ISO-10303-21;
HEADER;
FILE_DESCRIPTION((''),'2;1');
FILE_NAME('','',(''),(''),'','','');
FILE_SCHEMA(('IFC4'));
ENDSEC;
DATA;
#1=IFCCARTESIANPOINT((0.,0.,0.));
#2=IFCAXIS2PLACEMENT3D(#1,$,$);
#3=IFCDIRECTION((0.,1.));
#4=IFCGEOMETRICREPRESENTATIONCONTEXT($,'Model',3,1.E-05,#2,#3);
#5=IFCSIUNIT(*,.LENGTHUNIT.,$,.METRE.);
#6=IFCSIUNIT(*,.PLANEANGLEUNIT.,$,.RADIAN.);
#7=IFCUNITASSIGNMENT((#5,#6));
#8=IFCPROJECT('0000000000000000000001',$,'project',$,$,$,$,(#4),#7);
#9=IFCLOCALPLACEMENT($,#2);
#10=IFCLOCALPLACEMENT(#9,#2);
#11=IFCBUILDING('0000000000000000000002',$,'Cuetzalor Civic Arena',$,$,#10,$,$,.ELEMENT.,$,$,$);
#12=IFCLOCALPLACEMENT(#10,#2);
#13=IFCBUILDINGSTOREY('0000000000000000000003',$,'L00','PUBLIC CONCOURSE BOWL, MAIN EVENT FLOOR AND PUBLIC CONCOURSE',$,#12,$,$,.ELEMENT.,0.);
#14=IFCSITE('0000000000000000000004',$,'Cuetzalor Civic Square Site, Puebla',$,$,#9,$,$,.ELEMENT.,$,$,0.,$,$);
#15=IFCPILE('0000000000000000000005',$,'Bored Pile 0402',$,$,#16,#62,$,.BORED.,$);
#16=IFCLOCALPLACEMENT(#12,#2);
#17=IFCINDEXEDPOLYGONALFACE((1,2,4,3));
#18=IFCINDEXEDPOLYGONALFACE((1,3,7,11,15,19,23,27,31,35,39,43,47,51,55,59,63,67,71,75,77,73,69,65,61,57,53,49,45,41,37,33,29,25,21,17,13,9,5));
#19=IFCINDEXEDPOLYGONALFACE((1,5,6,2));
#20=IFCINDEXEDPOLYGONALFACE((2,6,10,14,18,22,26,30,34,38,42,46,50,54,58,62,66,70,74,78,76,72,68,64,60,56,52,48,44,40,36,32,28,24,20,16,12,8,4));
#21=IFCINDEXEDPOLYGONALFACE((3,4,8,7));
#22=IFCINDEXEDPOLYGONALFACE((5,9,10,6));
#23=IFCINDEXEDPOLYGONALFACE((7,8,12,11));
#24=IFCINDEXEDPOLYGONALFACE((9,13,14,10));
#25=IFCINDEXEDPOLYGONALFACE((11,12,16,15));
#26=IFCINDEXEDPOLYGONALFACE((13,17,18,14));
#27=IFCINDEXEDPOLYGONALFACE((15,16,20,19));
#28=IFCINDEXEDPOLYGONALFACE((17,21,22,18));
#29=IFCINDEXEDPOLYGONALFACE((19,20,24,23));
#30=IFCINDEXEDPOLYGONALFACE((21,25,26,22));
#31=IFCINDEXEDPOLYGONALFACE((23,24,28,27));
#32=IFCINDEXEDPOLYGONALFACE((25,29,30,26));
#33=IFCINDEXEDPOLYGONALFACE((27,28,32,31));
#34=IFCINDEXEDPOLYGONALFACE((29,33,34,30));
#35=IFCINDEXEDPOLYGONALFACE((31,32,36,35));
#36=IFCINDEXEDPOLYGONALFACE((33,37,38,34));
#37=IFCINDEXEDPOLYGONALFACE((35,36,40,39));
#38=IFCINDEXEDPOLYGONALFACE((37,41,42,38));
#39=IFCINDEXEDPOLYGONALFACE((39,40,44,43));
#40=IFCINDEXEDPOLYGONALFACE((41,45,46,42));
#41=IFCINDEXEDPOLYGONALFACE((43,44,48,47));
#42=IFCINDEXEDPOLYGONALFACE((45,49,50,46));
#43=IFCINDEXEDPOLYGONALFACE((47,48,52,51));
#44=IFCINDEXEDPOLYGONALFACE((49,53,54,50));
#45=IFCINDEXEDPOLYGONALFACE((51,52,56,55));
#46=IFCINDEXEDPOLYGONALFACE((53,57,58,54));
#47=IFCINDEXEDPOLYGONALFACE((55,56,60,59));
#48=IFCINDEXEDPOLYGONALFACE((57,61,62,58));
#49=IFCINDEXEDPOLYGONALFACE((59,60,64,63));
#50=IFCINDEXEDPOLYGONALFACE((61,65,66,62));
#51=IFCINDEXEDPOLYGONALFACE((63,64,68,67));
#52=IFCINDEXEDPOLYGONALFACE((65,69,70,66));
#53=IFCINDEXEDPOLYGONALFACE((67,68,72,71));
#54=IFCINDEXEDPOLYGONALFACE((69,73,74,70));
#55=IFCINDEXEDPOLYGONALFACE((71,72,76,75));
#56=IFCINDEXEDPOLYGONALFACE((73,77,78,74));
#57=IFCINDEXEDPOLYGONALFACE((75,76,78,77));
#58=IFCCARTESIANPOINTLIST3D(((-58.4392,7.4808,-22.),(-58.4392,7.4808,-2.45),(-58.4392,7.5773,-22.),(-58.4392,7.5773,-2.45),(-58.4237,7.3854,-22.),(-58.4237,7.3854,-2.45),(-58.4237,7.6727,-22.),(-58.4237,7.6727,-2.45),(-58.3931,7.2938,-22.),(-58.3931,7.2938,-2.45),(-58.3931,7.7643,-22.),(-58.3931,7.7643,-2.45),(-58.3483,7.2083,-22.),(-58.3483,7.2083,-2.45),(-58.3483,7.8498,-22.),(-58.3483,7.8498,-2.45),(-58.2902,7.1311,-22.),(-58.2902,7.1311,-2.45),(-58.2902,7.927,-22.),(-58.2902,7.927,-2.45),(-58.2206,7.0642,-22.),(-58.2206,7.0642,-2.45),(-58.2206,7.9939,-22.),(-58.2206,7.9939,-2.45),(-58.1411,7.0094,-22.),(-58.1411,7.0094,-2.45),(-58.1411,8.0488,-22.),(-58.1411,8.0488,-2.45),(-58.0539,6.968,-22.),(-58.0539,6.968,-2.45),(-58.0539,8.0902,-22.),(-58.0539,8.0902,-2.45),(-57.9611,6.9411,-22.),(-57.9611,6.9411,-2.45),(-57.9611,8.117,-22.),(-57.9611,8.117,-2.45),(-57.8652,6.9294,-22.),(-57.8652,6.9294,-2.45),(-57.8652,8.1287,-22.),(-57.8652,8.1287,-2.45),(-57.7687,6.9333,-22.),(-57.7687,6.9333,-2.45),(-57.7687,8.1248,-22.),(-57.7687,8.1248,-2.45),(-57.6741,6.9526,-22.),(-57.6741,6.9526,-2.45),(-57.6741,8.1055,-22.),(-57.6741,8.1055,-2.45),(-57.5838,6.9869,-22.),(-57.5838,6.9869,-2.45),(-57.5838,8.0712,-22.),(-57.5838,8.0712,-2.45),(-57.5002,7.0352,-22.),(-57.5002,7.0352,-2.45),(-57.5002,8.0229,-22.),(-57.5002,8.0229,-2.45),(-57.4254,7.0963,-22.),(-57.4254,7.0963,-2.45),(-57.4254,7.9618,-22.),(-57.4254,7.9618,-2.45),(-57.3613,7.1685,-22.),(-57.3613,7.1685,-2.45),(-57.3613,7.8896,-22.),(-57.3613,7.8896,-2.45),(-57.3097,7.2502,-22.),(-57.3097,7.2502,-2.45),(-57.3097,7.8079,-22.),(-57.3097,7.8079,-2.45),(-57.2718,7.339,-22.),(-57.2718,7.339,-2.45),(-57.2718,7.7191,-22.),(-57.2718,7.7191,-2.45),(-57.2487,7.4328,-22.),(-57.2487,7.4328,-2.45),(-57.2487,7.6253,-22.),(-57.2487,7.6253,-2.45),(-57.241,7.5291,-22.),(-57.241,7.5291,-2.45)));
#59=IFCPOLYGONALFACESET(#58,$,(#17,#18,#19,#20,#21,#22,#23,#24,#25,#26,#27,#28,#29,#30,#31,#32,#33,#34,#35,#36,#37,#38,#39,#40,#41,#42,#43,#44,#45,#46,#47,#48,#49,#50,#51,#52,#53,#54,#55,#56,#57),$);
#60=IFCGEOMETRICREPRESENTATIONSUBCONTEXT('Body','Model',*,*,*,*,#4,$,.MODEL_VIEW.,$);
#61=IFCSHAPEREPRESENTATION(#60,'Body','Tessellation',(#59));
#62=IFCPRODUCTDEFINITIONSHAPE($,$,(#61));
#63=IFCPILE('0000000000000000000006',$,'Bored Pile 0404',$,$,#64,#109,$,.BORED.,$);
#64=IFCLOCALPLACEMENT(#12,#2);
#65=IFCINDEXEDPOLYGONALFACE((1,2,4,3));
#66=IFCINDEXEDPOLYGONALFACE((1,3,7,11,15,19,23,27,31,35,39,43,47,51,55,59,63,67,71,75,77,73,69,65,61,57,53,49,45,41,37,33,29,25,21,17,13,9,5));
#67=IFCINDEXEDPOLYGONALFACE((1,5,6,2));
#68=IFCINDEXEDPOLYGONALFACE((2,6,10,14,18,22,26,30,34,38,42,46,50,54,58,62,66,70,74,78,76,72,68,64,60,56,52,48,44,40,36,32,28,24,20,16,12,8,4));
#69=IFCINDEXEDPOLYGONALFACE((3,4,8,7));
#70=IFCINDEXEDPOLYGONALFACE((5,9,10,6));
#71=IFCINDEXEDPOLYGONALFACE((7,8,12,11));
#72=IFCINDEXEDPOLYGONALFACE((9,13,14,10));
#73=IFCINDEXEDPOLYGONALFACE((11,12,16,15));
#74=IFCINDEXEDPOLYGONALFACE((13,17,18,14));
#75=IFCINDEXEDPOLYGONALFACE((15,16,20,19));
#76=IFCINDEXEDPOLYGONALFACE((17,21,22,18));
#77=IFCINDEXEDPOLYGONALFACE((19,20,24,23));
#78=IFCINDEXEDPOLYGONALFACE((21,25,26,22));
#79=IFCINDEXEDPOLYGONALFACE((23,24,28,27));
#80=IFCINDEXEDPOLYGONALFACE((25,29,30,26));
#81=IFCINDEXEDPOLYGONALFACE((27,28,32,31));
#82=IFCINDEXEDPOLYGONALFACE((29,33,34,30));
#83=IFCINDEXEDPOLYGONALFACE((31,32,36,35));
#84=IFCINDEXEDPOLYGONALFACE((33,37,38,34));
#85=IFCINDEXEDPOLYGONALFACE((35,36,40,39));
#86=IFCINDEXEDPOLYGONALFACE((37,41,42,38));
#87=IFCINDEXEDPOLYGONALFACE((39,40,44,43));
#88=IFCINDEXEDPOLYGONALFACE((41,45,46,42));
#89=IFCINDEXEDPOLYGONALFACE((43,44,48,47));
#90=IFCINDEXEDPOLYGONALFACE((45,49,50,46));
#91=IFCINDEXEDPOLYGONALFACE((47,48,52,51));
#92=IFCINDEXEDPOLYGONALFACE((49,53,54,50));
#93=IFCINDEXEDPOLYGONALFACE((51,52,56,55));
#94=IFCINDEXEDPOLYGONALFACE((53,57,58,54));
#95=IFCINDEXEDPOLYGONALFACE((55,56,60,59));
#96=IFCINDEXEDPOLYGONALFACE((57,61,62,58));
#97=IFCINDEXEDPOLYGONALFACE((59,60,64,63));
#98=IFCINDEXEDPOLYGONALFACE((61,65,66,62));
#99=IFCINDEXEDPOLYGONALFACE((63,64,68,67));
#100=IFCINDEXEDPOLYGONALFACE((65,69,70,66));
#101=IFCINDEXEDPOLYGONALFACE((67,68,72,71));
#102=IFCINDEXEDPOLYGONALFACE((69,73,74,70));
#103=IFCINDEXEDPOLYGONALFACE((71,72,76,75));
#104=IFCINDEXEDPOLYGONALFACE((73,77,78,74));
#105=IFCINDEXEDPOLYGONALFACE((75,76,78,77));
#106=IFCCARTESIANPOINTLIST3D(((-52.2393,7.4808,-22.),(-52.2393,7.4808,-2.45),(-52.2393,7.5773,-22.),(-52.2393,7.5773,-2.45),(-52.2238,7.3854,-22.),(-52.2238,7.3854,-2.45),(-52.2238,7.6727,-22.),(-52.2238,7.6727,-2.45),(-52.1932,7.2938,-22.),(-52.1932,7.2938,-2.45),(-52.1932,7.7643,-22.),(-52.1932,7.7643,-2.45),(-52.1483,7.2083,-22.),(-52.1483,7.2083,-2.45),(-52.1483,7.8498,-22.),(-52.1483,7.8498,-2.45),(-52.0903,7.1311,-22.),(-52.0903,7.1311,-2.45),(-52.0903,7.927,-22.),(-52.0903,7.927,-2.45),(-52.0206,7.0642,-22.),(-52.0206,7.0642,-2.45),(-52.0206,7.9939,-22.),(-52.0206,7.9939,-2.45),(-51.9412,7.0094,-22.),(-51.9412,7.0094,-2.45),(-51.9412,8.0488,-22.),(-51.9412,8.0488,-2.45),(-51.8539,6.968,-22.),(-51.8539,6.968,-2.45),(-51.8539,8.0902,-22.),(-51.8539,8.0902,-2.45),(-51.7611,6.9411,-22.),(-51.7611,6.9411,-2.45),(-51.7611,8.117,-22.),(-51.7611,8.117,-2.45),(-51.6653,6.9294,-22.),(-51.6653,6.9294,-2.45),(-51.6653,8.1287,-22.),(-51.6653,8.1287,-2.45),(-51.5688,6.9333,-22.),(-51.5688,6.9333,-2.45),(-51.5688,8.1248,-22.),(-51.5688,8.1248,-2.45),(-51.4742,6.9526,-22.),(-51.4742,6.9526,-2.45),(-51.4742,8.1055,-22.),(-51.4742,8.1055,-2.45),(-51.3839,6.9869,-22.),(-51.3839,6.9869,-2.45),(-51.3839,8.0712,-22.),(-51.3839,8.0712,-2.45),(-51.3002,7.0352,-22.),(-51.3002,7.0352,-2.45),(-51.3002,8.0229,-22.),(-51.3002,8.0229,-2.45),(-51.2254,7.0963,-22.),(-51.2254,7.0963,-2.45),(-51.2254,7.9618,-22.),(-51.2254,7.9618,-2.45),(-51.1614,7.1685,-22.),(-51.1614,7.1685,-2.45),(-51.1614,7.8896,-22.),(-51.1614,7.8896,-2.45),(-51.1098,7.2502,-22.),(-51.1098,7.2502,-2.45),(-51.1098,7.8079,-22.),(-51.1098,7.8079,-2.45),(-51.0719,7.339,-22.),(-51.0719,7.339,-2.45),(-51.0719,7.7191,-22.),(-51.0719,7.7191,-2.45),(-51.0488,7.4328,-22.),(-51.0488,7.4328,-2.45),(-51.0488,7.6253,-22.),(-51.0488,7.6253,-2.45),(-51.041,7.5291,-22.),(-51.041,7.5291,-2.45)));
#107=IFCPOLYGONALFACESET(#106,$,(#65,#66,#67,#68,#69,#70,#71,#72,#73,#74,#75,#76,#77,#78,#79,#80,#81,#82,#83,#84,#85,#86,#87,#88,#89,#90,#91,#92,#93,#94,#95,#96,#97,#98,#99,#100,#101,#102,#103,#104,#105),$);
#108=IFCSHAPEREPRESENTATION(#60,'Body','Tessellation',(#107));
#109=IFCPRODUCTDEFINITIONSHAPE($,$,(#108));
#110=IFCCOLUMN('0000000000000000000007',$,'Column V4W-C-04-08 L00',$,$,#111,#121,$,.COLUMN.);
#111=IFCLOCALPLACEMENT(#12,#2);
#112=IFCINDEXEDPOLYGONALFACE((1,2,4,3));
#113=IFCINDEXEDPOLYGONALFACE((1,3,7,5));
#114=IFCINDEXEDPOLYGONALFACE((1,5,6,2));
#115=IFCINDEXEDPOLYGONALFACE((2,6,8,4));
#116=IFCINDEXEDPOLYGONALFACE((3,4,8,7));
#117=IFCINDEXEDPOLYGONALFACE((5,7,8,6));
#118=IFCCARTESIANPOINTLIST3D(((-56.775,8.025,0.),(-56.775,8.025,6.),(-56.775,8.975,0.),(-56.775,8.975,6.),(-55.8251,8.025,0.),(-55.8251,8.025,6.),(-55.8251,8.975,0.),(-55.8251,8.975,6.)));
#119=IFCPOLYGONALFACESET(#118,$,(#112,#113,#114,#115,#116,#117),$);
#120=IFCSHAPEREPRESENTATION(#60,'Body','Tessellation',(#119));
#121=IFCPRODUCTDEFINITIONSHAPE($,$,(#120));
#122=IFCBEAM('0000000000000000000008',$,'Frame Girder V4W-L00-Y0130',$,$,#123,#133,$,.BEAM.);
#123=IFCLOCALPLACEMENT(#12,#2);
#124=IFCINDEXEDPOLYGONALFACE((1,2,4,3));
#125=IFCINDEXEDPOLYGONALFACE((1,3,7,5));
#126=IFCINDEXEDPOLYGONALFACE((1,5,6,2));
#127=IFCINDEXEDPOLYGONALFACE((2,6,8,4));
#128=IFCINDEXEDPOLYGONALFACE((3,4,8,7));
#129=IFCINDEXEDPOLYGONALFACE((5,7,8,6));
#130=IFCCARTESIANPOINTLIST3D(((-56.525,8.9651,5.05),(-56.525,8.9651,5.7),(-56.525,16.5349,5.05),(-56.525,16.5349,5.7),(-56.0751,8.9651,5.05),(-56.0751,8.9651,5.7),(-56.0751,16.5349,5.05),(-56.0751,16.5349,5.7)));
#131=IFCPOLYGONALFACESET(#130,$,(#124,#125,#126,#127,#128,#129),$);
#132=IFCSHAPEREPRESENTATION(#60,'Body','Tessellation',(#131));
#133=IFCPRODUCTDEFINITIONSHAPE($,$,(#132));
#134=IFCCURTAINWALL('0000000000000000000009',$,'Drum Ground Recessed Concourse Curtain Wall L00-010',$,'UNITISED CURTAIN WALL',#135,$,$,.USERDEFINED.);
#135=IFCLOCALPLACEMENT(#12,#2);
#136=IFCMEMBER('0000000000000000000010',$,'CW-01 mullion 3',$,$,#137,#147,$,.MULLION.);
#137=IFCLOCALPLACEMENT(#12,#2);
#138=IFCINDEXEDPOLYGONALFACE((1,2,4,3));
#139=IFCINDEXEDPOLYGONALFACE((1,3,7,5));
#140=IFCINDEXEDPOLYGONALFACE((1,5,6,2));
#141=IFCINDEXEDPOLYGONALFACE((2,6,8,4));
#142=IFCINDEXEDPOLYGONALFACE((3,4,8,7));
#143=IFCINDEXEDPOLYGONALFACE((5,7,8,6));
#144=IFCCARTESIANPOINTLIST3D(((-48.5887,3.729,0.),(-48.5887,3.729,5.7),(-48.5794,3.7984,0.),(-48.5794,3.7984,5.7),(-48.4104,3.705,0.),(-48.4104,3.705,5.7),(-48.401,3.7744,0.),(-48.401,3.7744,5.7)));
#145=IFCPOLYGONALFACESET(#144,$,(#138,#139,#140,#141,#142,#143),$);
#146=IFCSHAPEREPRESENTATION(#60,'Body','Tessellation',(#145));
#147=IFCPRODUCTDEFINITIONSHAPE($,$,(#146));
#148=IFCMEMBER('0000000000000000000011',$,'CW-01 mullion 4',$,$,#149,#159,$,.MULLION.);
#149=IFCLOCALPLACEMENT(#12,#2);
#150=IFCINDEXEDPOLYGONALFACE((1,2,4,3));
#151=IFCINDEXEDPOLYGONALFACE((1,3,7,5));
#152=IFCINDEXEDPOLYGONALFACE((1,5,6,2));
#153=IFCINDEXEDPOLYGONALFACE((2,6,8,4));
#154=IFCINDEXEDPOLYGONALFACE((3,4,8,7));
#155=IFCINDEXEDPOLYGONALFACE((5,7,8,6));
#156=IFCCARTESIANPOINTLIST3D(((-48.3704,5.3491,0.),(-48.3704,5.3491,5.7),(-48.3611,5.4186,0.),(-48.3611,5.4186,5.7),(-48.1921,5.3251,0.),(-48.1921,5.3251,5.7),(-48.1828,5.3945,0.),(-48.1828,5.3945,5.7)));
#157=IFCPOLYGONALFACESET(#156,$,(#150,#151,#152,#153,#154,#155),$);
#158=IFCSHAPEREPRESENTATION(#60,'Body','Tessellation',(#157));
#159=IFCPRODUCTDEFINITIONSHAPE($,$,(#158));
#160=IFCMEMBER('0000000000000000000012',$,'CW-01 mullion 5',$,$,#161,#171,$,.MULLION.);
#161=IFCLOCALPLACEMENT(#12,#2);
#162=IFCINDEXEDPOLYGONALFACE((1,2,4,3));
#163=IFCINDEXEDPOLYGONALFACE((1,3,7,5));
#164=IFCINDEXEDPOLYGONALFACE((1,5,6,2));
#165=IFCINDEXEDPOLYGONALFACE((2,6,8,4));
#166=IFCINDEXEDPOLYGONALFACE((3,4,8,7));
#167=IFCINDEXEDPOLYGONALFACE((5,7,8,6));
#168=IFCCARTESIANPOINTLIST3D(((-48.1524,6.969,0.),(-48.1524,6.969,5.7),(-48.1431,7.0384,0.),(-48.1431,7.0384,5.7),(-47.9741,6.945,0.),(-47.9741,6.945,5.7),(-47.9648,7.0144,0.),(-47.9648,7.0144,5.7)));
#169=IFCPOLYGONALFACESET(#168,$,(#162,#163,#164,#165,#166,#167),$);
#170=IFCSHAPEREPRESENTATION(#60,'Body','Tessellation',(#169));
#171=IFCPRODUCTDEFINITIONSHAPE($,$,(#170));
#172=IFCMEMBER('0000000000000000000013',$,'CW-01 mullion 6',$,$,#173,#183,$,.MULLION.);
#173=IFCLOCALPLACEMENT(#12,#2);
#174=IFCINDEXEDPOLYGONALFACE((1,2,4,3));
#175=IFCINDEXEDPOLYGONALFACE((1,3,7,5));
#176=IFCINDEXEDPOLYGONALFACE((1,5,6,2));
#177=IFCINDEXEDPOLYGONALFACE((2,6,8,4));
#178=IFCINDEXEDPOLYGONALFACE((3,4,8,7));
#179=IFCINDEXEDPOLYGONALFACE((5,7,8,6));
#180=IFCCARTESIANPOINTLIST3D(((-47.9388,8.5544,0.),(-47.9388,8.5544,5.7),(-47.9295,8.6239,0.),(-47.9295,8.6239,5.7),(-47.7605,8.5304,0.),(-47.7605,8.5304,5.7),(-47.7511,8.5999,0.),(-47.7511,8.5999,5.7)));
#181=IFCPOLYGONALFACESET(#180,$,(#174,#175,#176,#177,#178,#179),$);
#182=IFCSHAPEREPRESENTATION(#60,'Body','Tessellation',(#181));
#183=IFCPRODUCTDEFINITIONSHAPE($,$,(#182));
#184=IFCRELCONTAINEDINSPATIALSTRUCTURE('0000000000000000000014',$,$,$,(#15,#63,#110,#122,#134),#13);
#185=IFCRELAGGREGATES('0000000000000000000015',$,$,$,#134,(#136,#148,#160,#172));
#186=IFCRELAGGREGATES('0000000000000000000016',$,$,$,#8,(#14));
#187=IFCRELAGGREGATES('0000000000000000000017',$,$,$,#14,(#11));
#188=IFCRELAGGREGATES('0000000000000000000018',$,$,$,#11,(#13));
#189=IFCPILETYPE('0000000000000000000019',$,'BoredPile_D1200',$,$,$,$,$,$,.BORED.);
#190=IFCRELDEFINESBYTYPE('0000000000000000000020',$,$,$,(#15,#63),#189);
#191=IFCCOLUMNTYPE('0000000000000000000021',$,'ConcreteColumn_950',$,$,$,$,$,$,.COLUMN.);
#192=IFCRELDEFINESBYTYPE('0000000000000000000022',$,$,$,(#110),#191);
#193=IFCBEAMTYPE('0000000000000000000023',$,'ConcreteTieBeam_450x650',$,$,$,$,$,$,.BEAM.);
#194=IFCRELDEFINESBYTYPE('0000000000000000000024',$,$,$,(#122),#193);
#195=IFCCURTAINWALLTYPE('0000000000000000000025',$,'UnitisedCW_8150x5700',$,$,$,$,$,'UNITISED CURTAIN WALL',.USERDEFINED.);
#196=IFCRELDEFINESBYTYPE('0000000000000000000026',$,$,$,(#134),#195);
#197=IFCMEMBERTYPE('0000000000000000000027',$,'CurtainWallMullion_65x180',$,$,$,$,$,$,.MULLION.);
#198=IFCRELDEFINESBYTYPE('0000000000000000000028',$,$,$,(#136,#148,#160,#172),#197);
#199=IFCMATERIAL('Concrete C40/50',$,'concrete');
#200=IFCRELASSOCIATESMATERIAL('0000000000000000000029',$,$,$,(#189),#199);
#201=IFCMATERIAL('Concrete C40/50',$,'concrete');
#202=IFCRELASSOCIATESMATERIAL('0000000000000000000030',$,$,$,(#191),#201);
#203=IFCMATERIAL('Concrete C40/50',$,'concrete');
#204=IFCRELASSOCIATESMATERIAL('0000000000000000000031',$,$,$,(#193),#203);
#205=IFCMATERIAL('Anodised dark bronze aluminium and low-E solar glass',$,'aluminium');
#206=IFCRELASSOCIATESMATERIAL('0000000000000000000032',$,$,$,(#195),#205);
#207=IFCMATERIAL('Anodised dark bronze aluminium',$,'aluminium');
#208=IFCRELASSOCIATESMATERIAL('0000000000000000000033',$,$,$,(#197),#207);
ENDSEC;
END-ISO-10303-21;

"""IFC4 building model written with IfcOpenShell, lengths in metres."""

from ifc_helpers import new_model, si_unit, direction, frame, origin, origin_2d, place, context, subcontext, project, spatial, rectangle, circle, extrude, material, material_profile, profile_set, type_object, element, aggregate, save


model = new_model("IFC4")

# Units and contexts
model_context = context("Model", 3, precision=1e-05, world=origin(), true_north=direction((0.0, 1.0)))
body_context = subcontext(model_context, "Body", "Model", "MODEL_VIEW")
ifc_project = project(units=[si_unit("LENGTHUNIT", "METRE"), si_unit("PLANEANGLEUNIT", "RADIAN")], contexts=[model_context])

# Site, building, storey
site_placement = place(None, origin())
site = spatial("IfcSite", under=ifc_project, at=site_placement, Name="Cuetzalor Civic Square Site, Puebla", CompositionType="ELEMENT", RefElevation=0.0)
building_placement = place(site_placement, origin())
building = spatial("IfcBuilding", under=site, at=building_placement, Name="Cuetzalor Civic Arena", CompositionType="ELEMENT")
storey_placement = place(building_placement, origin())
storey = spatial("IfcBuildingStorey", under=building, at=storey_placement, Name="L00", Description="PUBLIC CONCOURSE BOWL, MAIN EVENT FLOOR AND PUBLIC CONCOURSE", CompositionType="ELEMENT", Elevation=0.0)

# Piles
ifc_material_1 = material(Name="Concrete C40/50", Category="concrete")
ifc_material_profile_1 = material_profile(ifc_material_1, circle(Radius=0.6001, at=origin_2d()), Name="BORED PILE D1200")
ifc_profile_set_1 = profile_set([ifc_material_profile_1], Name="Concrete C40/50")
pile_type = type_object("IfcPileType", Name="BoredPile_D1200", PredefinedType="BORED", material=ifc_profile_set_1)
for number, where, z_axis, x_axis, name in (
    (1, (-57.8411, 7.5291, -2.45), (0.0, 0.0, -1.0), (1.0, 0.0, 0.0), "Bored Pile 0402"),
    (2, (-51.6411, 7.5291, -2.45), (0.0, 0.0, -1.0), (1.0, 0.0, 0.0), "Bored Pile 0404"),
):
    element("IfcPile", number, at=place(storey_placement, frame(where, z_axis=z_axis, x_axis=x_axis)), inside=storey, type_object=pile_type, Name=name, PredefinedType="BORED", context=body_context, shape_type="SweptSolid", body=[
        extrude(circle(Radius=0.6001, at=origin_2d()), origin(), (0.0, 0.0, 1.0), 19.55),
    ])

# Column
ifc_material_2 = material(Name="Concrete C40/50", Category="concrete")
ifc_material_profile_2 = material_profile(ifc_material_2, rectangle(XDim=0.95, YDim=0.95, at=origin_2d()), Name="RC 950x950")
ifc_profile_set_2 = profile_set([ifc_material_profile_2], Name="Concrete C40/50")
column_type = type_object("IfcColumnType", Name="ConcreteColumn_950", PredefinedType="COLUMN", material=ifc_profile_set_2)
column_placement = place(storey_placement, frame((-56.3, 8.5, 0.0), z_axis=(0.0, 0.0, 1.0), x_axis=(1.0, 0.0, 0.0)))
element("IfcColumn", 3, at=column_placement, inside=storey, type_object=column_type, Name="Column V4W-C-04-08 L00", PredefinedType="COLUMN", context=body_context, shape_type="SweptSolid", body=[
    extrude(rectangle(XDim=0.95, YDim=0.95, at=origin_2d()), origin(), (0.0, 0.0, 1.0), 6.0),
])

# Beam
ifc_material_3 = material(Name="Concrete C40/50", Category="concrete")
ifc_material_profile_3 = material_profile(ifc_material_3, rectangle(XDim=0.45, YDim=0.6499, at=origin_2d()), Name="RC 450x650")
ifc_profile_set_3 = profile_set([ifc_material_profile_3], Name="Concrete C40/50")
beam_type = type_object("IfcBeamType", Name="ConcreteTieBeam_450x650", PredefinedType="BEAM", material=ifc_profile_set_3)
beam_placement = place(storey_placement, frame((-56.3, 8.9651, 5.375), z_axis=(0.0, 1.0, 0.0), x_axis=(-1.0, 0.0, 0.0)))
element("IfcBeam", 4, at=beam_placement, inside=storey, type_object=beam_type, Name="Frame Girder V4W-L00-Y0130", PredefinedType="BEAM", context=body_context, shape_type="SweptSolid", body=[
    extrude(rectangle(XDim=0.45, YDim=0.6499, at=origin_2d()), origin(), (0.0, 0.0, 1.0), 7.5698),
])

# Curtain wall, members
ifc_material_4 = material(Name="Anodised dark bronze aluminium and low-E solar glass", Category="aluminium")
curtain_wall_type = type_object("IfcCurtainWallType", Name="UnitisedCW_8150x5700", ElementType="UNITISED CURTAIN WALL", PredefinedType="USERDEFINED", material=ifc_material_4)
curtain_wall_placement = place(storey_placement, origin())
curtain_wall = element("IfcCurtainWall", 5, at=curtain_wall_placement, inside=storey, type_object=curtain_wall_type, Name="Drum Ground Recessed Concourse Curtain Wall L00-010", ObjectType="UNITISED CURTAIN WALL", PredefinedType="USERDEFINED")
ifc_material_5 = material(Name="Anodised dark bronze aluminium", Category="aluminium")
ifc_material_profile_4 = material_profile(ifc_material_5, rectangle(XDim=0.0701, YDim=0.1799, at=origin_2d()), Name="ALU MULLION 70x180")
ifc_profile_set_4 = profile_set([ifc_material_profile_4], Name="Anodised dark bronze aluminium")
member_type_1 = type_object("IfcMemberType", Name="CurtainWallMullion_65x180", PredefinedType="MULLION", material=ifc_profile_set_4)
member_1_placement = place(storey_placement, frame((-48.4949, 3.7517, 0.0), z_axis=(0.0, 0.0, 1.0), x_axis=(0.133443, 0.991056, 0.0)))
member_1 = element("IfcMember", 6, at=member_1_placement, type_object=member_type_1, Name="CW-01 mullion 3", PredefinedType="MULLION", context=body_context, shape_type="SweptSolid", body=[
    extrude(rectangle(XDim=0.0701, YDim=0.1799, at=origin_2d()), origin(), (0.0, 0.0, 1.0), 5.7),
])
member_2_placement = place(storey_placement, frame((-48.2766, 5.3718, 0.0), z_axis=(0.0, 0.0, 1.0), x_axis=(0.133443, 0.991056, 0.0)))
member_2 = element("IfcMember", 7, at=member_2_placement, type_object=member_type_1, Name="CW-01 mullion 4", PredefinedType="MULLION", context=body_context, shape_type="SweptSolid", body=[
    extrude(rectangle(XDim=0.0701, YDim=0.1799, at=origin_2d()), origin(), (0.0, 0.0, 1.0), 5.7),
])
member_3_placement = place(storey_placement, frame((-48.0586, 6.9917, 0.0), z_axis=(0.0, 0.0, 1.0), x_axis=(0.133443, 0.991056, 0.0)))
member_3 = element("IfcMember", 8, at=member_3_placement, type_object=member_type_1, Name="CW-01 mullion 5", PredefinedType="MULLION", context=body_context, shape_type="SweptSolid", body=[
    extrude(rectangle(XDim=0.0701, YDim=0.1799, at=origin_2d()), origin(), (0.0, 0.0, 1.0), 5.7),
])
member_4_placement = place(storey_placement, frame((-47.845, 8.5771, 0.0), z_axis=(0.0, 0.0, 1.0), x_axis=(0.133443, 0.991056, 0.0)))
member_4 = element("IfcMember", 9, at=member_4_placement, type_object=member_type_1, Name="CW-01 mullion 6", PredefinedType="MULLION", context=body_context, shape_type="SweptSolid", body=[
    extrude(rectangle(XDim=0.0701, YDim=0.1799, at=origin_2d()), origin(), (0.0, 0.0, 1.0), 5.7),
])
aggregate(curtain_wall, [member_1, member_2, member_3, member_4])

save(model, "model.ifc")
